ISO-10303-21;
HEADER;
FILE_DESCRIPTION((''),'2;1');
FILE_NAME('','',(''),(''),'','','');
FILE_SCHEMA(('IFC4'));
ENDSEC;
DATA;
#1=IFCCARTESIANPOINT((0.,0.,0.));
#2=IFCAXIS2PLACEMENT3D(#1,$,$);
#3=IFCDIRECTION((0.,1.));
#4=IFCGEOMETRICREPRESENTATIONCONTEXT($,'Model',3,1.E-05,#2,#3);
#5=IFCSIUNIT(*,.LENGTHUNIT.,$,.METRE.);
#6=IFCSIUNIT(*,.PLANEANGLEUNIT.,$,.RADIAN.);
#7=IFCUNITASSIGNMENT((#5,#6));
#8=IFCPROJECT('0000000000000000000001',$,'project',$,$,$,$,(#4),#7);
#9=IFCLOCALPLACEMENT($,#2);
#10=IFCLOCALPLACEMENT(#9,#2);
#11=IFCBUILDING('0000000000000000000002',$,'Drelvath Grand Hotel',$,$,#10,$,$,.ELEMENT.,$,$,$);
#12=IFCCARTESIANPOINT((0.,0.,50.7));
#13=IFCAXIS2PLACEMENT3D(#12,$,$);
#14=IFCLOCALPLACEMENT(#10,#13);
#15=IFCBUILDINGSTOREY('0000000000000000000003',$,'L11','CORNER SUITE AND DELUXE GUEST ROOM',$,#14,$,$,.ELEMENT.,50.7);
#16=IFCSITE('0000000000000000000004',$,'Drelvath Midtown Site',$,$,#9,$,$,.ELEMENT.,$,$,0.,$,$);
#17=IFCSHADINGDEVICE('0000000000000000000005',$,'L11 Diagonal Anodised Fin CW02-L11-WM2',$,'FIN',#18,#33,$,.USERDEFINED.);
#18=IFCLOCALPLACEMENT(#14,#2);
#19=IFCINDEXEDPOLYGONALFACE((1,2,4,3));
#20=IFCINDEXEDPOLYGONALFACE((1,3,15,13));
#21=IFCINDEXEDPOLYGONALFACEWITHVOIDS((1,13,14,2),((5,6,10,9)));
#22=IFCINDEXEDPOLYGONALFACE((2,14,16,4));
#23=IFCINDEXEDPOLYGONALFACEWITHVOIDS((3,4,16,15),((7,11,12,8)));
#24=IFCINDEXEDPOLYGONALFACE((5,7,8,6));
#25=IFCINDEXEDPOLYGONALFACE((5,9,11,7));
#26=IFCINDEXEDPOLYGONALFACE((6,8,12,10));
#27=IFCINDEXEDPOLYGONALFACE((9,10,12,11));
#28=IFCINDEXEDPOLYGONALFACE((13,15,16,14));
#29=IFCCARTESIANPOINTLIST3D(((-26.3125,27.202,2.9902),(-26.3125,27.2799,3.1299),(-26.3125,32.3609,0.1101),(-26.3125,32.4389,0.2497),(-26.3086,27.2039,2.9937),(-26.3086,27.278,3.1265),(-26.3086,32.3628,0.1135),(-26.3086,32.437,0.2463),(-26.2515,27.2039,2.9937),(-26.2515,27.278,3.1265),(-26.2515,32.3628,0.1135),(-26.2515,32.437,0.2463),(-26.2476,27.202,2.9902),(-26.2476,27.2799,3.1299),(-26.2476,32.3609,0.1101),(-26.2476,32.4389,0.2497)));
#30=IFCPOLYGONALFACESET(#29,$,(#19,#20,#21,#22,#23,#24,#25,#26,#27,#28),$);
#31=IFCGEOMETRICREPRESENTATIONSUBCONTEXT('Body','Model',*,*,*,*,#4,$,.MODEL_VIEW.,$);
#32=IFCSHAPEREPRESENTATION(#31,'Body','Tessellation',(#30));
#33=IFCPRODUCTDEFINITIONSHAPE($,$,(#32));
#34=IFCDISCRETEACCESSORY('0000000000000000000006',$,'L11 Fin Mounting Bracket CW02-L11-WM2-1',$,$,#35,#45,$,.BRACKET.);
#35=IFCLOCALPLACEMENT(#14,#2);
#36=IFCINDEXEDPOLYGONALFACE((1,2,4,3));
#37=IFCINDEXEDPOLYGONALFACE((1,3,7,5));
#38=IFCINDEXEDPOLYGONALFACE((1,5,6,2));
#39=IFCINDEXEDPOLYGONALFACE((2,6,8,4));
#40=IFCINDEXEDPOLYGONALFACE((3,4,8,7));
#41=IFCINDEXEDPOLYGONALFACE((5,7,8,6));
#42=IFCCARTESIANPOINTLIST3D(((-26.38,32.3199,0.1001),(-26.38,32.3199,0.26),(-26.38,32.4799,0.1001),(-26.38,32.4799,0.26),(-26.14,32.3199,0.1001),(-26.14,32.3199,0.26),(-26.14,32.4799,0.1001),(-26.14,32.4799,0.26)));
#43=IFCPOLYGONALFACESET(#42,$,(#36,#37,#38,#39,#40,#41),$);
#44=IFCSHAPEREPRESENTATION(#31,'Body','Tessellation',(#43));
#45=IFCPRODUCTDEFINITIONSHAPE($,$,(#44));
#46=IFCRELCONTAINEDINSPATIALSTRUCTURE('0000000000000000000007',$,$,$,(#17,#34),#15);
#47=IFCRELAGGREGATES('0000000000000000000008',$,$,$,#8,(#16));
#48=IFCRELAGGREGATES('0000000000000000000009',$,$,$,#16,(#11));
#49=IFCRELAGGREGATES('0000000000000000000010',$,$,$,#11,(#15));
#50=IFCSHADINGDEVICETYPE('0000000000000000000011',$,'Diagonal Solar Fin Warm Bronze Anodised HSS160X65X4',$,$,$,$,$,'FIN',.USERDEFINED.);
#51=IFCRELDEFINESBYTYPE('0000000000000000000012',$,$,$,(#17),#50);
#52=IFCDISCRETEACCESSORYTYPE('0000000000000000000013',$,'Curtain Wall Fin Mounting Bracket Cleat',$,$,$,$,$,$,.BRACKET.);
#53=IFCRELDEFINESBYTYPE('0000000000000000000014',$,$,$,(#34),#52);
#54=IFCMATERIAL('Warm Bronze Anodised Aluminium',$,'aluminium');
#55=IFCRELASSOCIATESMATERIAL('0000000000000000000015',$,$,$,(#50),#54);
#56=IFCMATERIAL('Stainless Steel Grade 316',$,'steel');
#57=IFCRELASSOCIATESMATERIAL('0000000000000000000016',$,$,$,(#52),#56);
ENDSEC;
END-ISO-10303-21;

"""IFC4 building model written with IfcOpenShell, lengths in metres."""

from ifc_helpers import new_model, si_unit, direction, frame, origin, origin_2d, place, context, subcontext, project, spatial, rectangle, hollow_rectangle, extrude, material, material_profile, profile_set, type_object, element, save


model = new_model("IFC4")

# Units and contexts
model_context = context("Model", 3, precision=1e-05, world=origin(), true_north=direction((0.0, 1.0)))
body_context = subcontext(model_context, "Body", "Model", "MODEL_VIEW")
ifc_project = project(units=[si_unit("LENGTHUNIT", "METRE"), si_unit("PLANEANGLEUNIT", "RADIAN")], contexts=[model_context])

# Site, building, storey
site_placement = place(None, origin())
site = spatial("IfcSite", under=ifc_project, at=site_placement, Name="Drelvath Midtown Site", CompositionType="ELEMENT", RefElevation=0.0)
building_placement = place(site_placement, origin())
building = spatial("IfcBuilding", under=site, at=building_placement, Name="Drelvath Grand Hotel", CompositionType="ELEMENT")
storey_placement = place(building_placement, frame((0.0, 0.0, 50.7)))
storey = spatial("IfcBuildingStorey", under=building, at=storey_placement, Name="L11", Description="CORNER SUITE AND DELUXE GUEST ROOM", CompositionType="ELEMENT", Elevation=50.7)

# Shading device
ifc_material_1 = material(Name="Warm Bronze Anodised Aluminium", Category="aluminium")
ifc_material_profile_1 = material_profile(ifc_material_1, hollow_rectangle(XDim=0.0649, YDim=0.1599, WallThickness=0.0039, at=origin_2d()), Name="HSS160X65X4")
ifc_profile_set_1 = profile_set([ifc_material_profile_1], Name="Warm Bronze Anodised Aluminium")
shading_device_type = type_object("IfcShadingDeviceType", Name="Diagonal Solar Fin Warm Bronze Anodised HSS160X65X4", ElementType="FIN", PredefinedType="USERDEFINED", material=ifc_profile_set_1)
shading_device_placement = place(storey_placement, frame((-26.28, 32.3999, 0.1799), z_axis=(0.0, -0.873146, 0.487459), x_axis=(1.0, 0.0, 0.0)))
element("IfcShadingDevice", 1, at=shading_device_placement, inside=storey, type_object=shading_device_type, Name="L11 Diagonal Anodised Fin CW02-L11-WM2", ObjectType="FIN", PredefinedType="USERDEFINED", context=body_context, shape_type="SweptSolid", body=[
    extrude(hollow_rectangle(XDim=0.0649, YDim=0.1599, WallThickness=0.0039, at=origin_2d()), origin(), (0.0, 0.0, 1.0), 5.9084),
])

# Discrete accessory
ifc_material_2 = material(Name="Stainless Steel Grade 316", Category="steel")
discrete_accessory_type = type_object("IfcDiscreteAccessoryType", Name="Curtain Wall Fin Mounting Bracket Cleat", PredefinedType="BRACKET", material=ifc_material_2)
discrete_accessory_placement = place(storey_placement, frame((-26.26, 32.3999, 0.1001), z_axis=(0.0, 0.0, 1.0), x_axis=(0.0, 1.0, 0.0)))
element("IfcDiscreteAccessory", 2, at=discrete_accessory_placement, inside=storey, type_object=discrete_accessory_type, Name="L11 Fin Mounting Bracket CW02-L11-WM2-1", PredefinedType="BRACKET", context=body_context, shape_type="SweptSolid", body=[
    extrude(rectangle(XDim=0.1599, YDim=0.24, at=origin_2d()), origin(), (0.0, 0.0, 1.0), 0.1599),
])

save(model, "model.ifc")
